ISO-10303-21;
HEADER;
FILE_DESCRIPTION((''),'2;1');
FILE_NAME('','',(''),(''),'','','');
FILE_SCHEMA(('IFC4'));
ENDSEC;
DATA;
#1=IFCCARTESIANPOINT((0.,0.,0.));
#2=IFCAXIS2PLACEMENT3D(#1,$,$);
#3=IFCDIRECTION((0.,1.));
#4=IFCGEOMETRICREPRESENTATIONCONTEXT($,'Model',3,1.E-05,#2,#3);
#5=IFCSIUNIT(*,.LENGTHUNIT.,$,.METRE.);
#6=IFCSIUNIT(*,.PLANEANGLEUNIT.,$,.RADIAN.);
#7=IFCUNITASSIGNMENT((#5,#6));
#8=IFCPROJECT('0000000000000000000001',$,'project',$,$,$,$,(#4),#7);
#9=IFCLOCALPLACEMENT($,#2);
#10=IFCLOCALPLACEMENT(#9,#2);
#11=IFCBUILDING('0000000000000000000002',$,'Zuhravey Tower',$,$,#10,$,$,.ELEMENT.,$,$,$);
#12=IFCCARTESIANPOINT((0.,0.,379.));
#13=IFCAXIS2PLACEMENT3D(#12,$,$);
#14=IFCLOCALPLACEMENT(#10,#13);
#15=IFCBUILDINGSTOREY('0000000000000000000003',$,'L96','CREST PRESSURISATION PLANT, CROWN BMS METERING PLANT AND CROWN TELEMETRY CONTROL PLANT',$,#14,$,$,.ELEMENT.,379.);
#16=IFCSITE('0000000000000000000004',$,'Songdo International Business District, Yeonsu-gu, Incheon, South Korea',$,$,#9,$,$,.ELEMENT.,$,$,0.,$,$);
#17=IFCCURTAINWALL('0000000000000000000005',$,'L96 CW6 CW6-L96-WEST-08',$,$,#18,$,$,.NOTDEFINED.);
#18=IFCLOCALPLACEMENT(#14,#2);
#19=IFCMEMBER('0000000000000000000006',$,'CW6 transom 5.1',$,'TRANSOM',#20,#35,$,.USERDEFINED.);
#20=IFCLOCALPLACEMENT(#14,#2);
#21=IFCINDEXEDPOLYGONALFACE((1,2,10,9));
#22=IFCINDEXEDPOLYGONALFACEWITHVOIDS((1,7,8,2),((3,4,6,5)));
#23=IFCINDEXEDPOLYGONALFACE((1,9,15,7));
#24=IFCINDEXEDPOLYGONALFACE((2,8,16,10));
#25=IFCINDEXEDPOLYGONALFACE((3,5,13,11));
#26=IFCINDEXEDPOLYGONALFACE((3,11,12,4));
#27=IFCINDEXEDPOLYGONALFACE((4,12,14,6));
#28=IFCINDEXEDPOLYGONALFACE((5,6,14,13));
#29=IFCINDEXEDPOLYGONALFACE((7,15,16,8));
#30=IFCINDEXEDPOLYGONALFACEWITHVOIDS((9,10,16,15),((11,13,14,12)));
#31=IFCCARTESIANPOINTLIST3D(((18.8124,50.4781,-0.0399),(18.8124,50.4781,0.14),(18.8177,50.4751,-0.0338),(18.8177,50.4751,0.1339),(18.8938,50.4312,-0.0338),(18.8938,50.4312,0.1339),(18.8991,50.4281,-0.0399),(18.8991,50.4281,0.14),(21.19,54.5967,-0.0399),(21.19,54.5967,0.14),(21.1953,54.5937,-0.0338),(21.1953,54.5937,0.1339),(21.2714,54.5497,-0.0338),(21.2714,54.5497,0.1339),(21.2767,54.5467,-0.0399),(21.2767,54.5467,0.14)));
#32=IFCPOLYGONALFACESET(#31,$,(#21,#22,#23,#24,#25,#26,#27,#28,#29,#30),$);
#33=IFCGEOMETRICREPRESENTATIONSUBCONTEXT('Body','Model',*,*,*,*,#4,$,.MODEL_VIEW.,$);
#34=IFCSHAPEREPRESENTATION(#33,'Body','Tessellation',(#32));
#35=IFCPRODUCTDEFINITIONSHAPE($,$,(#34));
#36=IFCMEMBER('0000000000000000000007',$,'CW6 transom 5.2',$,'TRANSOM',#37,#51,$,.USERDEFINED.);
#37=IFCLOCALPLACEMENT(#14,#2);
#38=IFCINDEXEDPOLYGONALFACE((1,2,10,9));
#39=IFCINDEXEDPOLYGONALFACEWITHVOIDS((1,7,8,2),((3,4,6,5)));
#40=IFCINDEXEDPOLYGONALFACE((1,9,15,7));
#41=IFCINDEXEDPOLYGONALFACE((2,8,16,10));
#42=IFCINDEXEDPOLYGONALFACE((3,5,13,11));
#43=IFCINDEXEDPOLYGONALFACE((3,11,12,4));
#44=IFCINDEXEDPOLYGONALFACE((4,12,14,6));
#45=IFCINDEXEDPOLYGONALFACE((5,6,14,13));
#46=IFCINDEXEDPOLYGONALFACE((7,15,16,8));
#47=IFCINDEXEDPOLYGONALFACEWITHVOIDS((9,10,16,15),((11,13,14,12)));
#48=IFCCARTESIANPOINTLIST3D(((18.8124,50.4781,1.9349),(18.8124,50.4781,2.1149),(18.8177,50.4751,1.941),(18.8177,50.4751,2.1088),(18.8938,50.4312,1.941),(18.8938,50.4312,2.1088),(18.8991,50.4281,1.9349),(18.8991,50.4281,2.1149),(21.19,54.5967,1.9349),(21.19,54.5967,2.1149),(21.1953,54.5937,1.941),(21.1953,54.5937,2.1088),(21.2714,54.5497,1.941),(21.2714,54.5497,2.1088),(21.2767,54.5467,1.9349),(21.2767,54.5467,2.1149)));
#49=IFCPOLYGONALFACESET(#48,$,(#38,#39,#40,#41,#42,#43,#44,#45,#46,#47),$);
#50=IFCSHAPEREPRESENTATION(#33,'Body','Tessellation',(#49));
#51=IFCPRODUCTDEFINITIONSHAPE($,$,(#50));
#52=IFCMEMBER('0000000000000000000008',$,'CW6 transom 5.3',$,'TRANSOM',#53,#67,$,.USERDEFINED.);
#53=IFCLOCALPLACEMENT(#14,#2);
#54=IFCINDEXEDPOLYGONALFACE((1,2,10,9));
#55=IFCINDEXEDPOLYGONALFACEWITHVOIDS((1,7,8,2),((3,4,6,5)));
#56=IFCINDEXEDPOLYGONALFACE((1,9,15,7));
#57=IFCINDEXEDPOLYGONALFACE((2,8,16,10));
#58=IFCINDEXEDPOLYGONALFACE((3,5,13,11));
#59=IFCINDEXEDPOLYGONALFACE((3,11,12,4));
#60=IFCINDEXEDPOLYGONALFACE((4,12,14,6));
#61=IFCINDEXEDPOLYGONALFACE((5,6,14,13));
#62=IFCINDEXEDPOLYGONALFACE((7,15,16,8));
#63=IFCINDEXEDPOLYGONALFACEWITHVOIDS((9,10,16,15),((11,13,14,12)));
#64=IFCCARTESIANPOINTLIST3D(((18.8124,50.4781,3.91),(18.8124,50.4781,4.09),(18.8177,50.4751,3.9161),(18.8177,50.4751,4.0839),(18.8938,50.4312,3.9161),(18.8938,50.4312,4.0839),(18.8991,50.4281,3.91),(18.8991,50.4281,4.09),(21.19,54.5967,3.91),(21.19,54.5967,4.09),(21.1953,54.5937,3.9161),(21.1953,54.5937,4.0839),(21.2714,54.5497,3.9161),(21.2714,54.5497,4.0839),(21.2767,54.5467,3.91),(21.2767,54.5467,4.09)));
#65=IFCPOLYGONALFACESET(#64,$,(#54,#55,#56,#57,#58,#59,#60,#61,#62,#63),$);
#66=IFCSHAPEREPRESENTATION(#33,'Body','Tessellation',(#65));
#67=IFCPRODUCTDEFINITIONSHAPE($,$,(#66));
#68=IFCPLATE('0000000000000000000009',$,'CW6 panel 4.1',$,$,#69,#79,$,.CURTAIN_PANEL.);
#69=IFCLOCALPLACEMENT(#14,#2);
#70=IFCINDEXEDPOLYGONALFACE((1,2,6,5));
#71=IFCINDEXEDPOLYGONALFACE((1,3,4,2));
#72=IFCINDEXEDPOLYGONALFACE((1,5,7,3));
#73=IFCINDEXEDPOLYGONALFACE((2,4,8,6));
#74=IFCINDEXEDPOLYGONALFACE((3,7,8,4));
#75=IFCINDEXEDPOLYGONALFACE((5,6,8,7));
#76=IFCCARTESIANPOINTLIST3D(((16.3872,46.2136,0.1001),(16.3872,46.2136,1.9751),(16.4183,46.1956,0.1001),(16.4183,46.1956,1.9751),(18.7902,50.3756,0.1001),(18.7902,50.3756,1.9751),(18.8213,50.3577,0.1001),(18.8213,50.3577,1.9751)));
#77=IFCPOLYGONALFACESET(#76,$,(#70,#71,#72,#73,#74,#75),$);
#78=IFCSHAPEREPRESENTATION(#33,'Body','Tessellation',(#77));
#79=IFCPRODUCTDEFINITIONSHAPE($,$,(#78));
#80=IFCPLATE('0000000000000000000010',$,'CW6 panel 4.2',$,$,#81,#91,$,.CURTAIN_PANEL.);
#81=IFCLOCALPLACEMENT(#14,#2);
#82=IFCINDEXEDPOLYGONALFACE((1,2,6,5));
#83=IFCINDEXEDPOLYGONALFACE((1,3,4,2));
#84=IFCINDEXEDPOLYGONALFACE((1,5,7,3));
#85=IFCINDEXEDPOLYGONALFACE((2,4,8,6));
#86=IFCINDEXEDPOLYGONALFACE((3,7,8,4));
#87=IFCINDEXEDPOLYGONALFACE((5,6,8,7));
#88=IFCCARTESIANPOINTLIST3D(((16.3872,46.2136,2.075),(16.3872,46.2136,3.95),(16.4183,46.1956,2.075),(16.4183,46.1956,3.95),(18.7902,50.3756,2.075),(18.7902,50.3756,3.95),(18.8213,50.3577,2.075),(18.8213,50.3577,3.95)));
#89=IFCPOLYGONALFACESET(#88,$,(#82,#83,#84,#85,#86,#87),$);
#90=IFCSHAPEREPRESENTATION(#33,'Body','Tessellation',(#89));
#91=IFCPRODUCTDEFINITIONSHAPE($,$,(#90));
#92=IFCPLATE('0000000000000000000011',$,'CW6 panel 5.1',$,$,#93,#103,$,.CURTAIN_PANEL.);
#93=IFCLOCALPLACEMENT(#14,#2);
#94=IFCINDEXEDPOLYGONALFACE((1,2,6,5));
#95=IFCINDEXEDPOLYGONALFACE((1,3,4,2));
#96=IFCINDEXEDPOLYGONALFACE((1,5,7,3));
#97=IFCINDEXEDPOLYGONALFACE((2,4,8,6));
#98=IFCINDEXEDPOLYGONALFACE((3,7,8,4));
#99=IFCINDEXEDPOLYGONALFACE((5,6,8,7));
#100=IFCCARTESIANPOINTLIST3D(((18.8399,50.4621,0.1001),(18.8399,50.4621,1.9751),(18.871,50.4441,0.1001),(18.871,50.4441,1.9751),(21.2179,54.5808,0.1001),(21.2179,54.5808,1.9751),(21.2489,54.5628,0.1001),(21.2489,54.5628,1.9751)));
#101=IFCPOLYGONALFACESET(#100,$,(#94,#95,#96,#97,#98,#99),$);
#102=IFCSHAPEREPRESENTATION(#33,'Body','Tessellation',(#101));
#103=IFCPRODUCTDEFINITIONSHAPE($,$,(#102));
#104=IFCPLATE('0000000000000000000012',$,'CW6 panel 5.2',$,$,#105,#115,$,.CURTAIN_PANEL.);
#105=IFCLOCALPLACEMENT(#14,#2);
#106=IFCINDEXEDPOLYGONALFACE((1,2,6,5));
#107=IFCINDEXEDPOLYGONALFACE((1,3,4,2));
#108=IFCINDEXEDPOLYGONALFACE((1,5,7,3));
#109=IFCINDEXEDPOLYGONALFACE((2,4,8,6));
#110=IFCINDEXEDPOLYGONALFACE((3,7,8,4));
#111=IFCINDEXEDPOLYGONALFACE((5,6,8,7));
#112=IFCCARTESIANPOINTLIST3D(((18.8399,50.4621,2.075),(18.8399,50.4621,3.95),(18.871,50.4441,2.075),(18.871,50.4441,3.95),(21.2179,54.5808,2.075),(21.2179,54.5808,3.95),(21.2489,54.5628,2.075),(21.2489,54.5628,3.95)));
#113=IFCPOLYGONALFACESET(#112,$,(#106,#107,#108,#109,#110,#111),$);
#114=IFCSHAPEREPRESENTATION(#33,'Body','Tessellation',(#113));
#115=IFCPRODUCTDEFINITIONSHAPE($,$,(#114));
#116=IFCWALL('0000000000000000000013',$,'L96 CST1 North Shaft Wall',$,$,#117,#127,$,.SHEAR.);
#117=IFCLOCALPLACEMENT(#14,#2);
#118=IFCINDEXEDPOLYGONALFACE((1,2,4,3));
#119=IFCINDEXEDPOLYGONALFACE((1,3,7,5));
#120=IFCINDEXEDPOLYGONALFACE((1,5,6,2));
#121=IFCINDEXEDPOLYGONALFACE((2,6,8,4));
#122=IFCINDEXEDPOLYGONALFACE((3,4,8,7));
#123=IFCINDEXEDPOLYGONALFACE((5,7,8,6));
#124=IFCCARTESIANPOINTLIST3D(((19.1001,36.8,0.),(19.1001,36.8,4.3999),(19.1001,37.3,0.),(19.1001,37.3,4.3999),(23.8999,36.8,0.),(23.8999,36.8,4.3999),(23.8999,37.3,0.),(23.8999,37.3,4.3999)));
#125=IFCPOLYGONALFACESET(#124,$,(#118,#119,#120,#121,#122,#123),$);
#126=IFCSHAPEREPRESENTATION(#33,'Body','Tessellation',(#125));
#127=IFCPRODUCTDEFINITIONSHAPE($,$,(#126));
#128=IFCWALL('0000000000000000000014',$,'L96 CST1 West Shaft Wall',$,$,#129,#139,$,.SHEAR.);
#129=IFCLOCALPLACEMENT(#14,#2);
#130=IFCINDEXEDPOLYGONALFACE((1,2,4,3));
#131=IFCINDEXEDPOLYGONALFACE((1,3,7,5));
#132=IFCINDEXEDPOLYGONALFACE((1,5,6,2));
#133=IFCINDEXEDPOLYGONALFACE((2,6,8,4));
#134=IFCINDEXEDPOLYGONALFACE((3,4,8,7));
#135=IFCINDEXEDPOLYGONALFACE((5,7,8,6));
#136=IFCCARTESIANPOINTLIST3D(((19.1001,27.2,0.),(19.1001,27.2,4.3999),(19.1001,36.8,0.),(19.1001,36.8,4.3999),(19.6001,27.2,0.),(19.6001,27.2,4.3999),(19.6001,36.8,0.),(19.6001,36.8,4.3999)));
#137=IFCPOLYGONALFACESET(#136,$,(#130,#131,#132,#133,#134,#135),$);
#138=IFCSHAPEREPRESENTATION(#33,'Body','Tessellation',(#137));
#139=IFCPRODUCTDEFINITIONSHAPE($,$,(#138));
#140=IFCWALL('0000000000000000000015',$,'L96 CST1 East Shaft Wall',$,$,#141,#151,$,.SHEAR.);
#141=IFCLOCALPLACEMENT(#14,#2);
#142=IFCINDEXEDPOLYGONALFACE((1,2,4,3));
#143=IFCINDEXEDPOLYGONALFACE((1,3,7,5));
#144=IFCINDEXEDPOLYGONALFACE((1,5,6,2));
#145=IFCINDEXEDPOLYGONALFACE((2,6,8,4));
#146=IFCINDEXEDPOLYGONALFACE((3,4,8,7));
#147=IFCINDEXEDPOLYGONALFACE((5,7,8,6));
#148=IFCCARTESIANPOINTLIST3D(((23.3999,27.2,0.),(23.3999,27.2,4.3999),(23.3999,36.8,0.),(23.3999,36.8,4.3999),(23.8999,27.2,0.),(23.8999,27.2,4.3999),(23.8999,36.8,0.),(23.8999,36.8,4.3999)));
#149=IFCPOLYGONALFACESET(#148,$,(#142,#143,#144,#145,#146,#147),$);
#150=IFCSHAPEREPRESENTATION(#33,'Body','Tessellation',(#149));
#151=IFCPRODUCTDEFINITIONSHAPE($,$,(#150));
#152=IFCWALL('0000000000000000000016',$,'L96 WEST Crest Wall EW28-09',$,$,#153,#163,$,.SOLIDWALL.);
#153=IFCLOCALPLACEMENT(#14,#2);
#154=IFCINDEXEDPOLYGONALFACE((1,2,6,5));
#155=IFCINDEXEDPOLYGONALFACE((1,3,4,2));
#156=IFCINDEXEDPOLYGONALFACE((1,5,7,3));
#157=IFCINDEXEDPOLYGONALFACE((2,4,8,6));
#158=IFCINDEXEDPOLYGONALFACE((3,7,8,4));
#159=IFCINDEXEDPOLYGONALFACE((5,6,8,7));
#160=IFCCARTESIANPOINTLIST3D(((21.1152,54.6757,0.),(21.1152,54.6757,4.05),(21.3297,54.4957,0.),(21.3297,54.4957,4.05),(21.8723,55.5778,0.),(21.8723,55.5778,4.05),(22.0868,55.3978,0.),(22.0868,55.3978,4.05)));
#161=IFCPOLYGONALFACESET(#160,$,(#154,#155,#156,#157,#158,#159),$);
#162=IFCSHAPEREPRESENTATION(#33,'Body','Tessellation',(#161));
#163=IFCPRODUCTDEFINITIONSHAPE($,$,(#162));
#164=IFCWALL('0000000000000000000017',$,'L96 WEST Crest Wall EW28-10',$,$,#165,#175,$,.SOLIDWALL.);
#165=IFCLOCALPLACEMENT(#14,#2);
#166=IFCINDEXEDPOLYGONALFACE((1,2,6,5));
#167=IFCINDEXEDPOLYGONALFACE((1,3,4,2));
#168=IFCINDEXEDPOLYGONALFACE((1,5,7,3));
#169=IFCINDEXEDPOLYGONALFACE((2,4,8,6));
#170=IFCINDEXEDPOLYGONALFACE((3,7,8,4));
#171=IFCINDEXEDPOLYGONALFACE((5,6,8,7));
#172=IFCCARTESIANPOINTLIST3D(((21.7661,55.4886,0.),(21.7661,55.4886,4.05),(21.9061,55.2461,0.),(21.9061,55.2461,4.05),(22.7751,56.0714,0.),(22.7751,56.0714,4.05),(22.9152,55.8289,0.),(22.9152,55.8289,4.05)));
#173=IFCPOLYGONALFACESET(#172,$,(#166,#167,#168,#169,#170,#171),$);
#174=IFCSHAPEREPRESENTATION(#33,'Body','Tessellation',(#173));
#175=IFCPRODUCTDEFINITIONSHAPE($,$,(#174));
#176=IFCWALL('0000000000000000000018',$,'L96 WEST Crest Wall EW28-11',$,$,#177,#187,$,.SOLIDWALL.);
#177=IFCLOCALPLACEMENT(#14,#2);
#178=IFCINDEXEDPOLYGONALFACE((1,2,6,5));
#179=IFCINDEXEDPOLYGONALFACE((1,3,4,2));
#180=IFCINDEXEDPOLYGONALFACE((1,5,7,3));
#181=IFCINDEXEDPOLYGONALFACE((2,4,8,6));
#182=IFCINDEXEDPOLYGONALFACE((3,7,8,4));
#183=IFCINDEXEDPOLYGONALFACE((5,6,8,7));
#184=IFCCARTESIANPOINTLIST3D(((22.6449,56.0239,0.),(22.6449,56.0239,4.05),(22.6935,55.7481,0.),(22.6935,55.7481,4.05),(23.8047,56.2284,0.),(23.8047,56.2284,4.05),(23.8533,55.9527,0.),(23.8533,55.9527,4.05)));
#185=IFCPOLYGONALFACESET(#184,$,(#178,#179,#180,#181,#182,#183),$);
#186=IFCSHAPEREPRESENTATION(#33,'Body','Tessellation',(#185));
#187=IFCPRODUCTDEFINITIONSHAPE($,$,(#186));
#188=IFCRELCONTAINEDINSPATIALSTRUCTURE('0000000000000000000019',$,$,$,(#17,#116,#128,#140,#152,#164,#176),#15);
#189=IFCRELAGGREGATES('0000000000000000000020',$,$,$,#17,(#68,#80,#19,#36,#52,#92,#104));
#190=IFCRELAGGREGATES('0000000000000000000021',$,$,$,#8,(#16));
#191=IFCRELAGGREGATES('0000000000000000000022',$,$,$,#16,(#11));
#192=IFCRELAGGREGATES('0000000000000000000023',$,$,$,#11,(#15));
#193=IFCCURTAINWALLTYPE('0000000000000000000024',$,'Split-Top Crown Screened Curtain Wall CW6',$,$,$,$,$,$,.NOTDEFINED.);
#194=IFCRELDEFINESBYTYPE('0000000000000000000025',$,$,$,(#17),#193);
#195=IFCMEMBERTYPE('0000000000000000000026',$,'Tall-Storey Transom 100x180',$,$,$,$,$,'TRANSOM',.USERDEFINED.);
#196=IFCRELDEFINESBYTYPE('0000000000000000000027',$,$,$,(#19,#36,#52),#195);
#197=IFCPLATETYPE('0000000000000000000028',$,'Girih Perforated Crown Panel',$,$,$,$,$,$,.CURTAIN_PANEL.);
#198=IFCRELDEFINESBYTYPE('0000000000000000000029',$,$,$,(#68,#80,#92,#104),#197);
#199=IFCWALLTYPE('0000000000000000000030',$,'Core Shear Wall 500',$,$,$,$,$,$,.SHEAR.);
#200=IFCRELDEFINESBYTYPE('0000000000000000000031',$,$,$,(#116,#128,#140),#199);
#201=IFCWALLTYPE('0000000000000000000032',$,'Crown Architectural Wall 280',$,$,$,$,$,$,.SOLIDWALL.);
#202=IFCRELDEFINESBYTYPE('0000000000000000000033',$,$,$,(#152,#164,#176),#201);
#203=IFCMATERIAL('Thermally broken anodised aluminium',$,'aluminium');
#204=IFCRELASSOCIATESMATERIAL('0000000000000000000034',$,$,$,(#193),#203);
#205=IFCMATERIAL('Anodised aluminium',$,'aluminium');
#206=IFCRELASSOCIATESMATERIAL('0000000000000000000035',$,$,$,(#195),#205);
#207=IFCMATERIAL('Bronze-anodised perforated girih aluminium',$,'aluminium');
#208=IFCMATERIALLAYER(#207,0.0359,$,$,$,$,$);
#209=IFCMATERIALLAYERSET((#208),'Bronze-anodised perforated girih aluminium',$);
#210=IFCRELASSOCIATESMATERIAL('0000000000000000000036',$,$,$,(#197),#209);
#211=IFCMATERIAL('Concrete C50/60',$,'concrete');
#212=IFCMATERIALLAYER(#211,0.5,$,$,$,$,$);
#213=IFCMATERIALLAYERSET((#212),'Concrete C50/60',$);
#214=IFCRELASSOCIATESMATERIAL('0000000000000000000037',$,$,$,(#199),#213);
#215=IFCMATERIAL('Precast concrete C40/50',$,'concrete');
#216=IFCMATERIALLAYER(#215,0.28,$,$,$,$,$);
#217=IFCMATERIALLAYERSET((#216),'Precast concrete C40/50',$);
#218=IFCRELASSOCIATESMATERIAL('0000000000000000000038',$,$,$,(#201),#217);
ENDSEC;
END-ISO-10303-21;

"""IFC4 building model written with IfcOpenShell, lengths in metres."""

from ifc_helpers import new_model, si_unit, direction, frame, frame_2d, origin, origin_2d, place, context, subcontext, project, spatial, rectangle, hollow_rectangle, extrude, material, layer, layer_set, material_profile, profile_set, type_object, element, aggregate, save


model = new_model("IFC4")

# Units and contexts
model_context = context("Model", 3, precision=1e-05, world=origin(), true_north=direction((0.0, 1.0)))
body_context = subcontext(model_context, "Body", "Model", "MODEL_VIEW")
ifc_project = project(units=[si_unit("LENGTHUNIT", "METRE"), si_unit("PLANEANGLEUNIT", "RADIAN")], contexts=[model_context])

# Site, building, storey
site_placement = place(None, origin())
site = spatial("IfcSite", under=ifc_project, at=site_placement, Name="Songdo International Business District, Yeonsu-gu, Incheon, South Korea", CompositionType="ELEMENT", RefElevation=0.0)
building_placement = place(site_placement, origin())
building = spatial("IfcBuilding", under=site, at=building_placement, Name="Zuhravey Tower", CompositionType="ELEMENT")
storey_placement = place(building_placement, frame((0.0, 0.0, 379.0)))
storey = spatial("IfcBuildingStorey", under=building, at=storey_placement, Name="L96", Description="CREST PRESSURISATION PLANT, CROWN BMS METERING PLANT AND CROWN TELEMETRY CONTROL PLANT", CompositionType="ELEMENT", Elevation=379.0)

# Curtain wall, members, plates
ifc_material_1 = material(Name="Thermally broken anodised aluminium", Category="aluminium")
curtain_wall_type = type_object("IfcCurtainWallType", Name="Split-Top Crown Screened Curtain Wall CW6", PredefinedType="NOTDEFINED", material=ifc_material_1)
curtain_wall_placement = place(storey_placement, origin())
curtain_wall = element("IfcCurtainWall", 1, at=curtain_wall_placement, inside=storey, type_object=curtain_wall_type, Name="L96 CW6 CW6-L96-WEST-08", PredefinedType="NOTDEFINED")
ifc_material_2 = material(Name="Anodised aluminium", Category="aluminium")
ifc_material_profile_1 = material_profile(ifc_material_2, hollow_rectangle(XDim=0.1001, YDim=0.1799, WallThickness=0.0061, at=origin_2d()), Name="ALU-RHS-100x180x6")
ifc_profile_set_1 = profile_set([ifc_material_profile_1], Name="Anodised aluminium")
member_type_1 = type_object("IfcMemberType", Name="Tall-Storey Transom 100x180", ElementType="TRANSOM", PredefinedType="USERDEFINED", material=ifc_profile_set_1)
member_1_placement = place(storey_placement, frame((18.8557, 50.4531, 0.05), z_axis=(0.499965, 0.866045, 0.0), x_axis=(-0.866045, 0.499965, 0.0)))
member_1 = element("IfcMember", 2, at=member_1_placement, type_object=member_type_1, Name="CW6 transom 5.1", ObjectType="TRANSOM", PredefinedType="USERDEFINED", context=body_context, shape_type="SweptSolid", body=[
    extrude(hollow_rectangle(XDim=0.1001, YDim=0.1799, WallThickness=0.0061, at=origin_2d()), origin(), (0.0, 0.0, 1.0), 4.7556),
])
member_2_placement = place(storey_placement, frame((18.8557, 50.4531, 2.0249), z_axis=(0.499965, 0.866045, 0.0), x_axis=(-0.866045, 0.499965, 0.0)))
member_2 = element("IfcMember", 3, at=member_2_placement, type_object=member_type_1, Name="CW6 transom 5.2", ObjectType="TRANSOM", PredefinedType="USERDEFINED", context=body_context, shape_type="SweptSolid", body=[
    extrude(hollow_rectangle(XDim=0.1001, YDim=0.1799, WallThickness=0.0061, at=origin_2d()), origin(), (0.0, 0.0, 1.0), 4.7556),
])
member_3_placement = place(storey_placement, frame((18.8557, 50.4531, 4.0), z_axis=(0.499965, 0.866045, 0.0), x_axis=(-0.866045, 0.499965, 0.0)))
member_3 = element("IfcMember", 4, at=member_3_placement, type_object=member_type_1, Name="CW6 transom 5.3", ObjectType="TRANSOM", PredefinedType="USERDEFINED", context=body_context, shape_type="SweptSolid", body=[
    extrude(hollow_rectangle(XDim=0.1001, YDim=0.1799, WallThickness=0.0061, at=origin_2d()), origin(), (0.0, 0.0, 1.0), 4.7556),
])
ifc_material_3 = material(Name="Bronze-anodised perforated girih aluminium", Category="aluminium")
ifc_layer_1 = layer(ifc_material_3, 0.0359)
ifc_layer_set_1 = layer_set([ifc_layer_1], Name="Bronze-anodised perforated girih aluminium")
plate_type = type_object("IfcPlateType", Name="Girih Perforated Crown Panel", PredefinedType="CURTAIN_PANEL", material=ifc_layer_set_1)
plate_1_placement = place(storey_placement, frame((17.6042, 48.2856, 0.1001), z_axis=(0.0, 0.0, 1.0), x_axis=(0.499997, 0.866027, 0.0)))
plate_1 = element("IfcPlate", 5, at=plate_1_placement, type_object=plate_type, Name="CW6 panel 4.1", PredefinedType="CURTAIN_PANEL", context=body_context, shape_type="SweptSolid", body=[
    extrude(rectangle(XDim=4.8059, YDim=0.0359, at=origin_2d()), origin(), (0.0, 0.0, 1.0), 1.875),
])
plate_2_placement = place(storey_placement, frame((17.6042, 48.2856, 2.075), z_axis=(0.0, 0.0, 1.0), x_axis=(0.499997, 0.866027, 0.0)))
plate_2 = element("IfcPlate", 6, at=plate_2_placement, type_object=plate_type, Name="CW6 panel 4.2", PredefinedType="CURTAIN_PANEL", context=body_context, shape_type="SweptSolid", body=[
    extrude(rectangle(XDim=4.8059, YDim=0.0359, at=origin_2d()), origin(), (0.0, 0.0, 1.0), 1.875),
])
plate_3_placement = place(storey_placement, frame((20.0444, 52.5125, 0.1001), z_axis=(0.0, 0.0, 1.0), x_axis=(0.499997, 0.866027, 0.0)))
plate_3 = element("IfcPlate", 7, at=plate_3_placement, type_object=plate_type, Name="CW6 panel 5.1", PredefinedType="CURTAIN_PANEL", context=body_context, shape_type="SweptSolid", body=[
    extrude(rectangle(XDim=4.7559, YDim=0.0359, at=origin_2d()), origin(), (0.0, 0.0, 1.0), 1.875),
])
plate_4_placement = place(storey_placement, frame((20.0444, 52.5125, 2.075), z_axis=(0.0, 0.0, 1.0), x_axis=(0.499997, 0.866027, 0.0)))
plate_4 = element("IfcPlate", 8, at=plate_4_placement, type_object=plate_type, Name="CW6 panel 5.2", PredefinedType="CURTAIN_PANEL", context=body_context, shape_type="SweptSolid", body=[
    extrude(rectangle(XDim=4.7559, YDim=0.0359, at=origin_2d()), origin(), (0.0, 0.0, 1.0), 1.875),
])
aggregate(curtain_wall, [plate_1, plate_2, member_1, member_2, member_3, plate_3, plate_4])

# Shared definitions
ifc_material_4 = material(Name="Concrete C50/60", Category="concrete")
ifc_layer_2 = layer(ifc_material_4, 0.5)
ifc_layer_set_2 = layer_set([ifc_layer_2], Name="Concrete C50/60")
wall_type_1 = type_object("IfcWallType", Name="Core Shear Wall 500", PredefinedType="SHEAR", material=ifc_layer_set_2)

# Walls
wall_1_placement = place(storey_placement, frame((23.8999, 37.05, 0.0), z_axis=(0.0, 0.0, 1.0), x_axis=(-1.0, 0.0, 0.0)))
element("IfcWall", 9, at=wall_1_placement, inside=storey, type_object=wall_type_1, Name="L96 CST1 North Shaft Wall", PredefinedType="SHEAR", context=body_context, shape_type="SweptSolid", body=[
    extrude(rectangle(XDim=4.7998, YDim=0.5, at=frame_2d((2.3999, 0.0))), origin(), (0.0, 0.0, 1.0), 4.3999),
])
for number, where, z_axis, x_axis, name in (
    (10, (19.3501, 27.2, 0.0), (0.0, 0.0, 1.0), (0.0, 1.0, 0.0), "L96 CST1 West Shaft Wall"),
    (11, (23.6499, 36.8, 0.0), (0.0, 0.0, 1.0), (0.0, -1.0, 0.0), "L96 CST1 East Shaft Wall"),
):
    element("IfcWall", number, at=place(storey_placement, frame(where, z_axis=z_axis, x_axis=x_axis)), inside=storey, type_object=wall_type_1, Name=name, PredefinedType="SHEAR", context=body_context, shape_type="SweptSolid", body=[
        extrude(rectangle(XDim=9.6001, YDim=0.5, at=frame_2d((4.8, 0.0))), origin(), (0.0, 0.0, 1.0), 4.3999),
    ])
ifc_material_5 = material(Name="Precast concrete C40/50", Category="concrete")
ifc_layer_3 = layer(ifc_material_5, 0.28)
ifc_layer_set_3 = layer_set([ifc_layer_3], Name="Precast concrete C40/50")
wall_type_2 = type_object("IfcWallType", Name="Crown Architectural Wall 280", PredefinedType="SOLIDWALL", material=ifc_layer_set_3)
wall_2_placement = place(storey_placement, frame((21.2224, 54.5857, 0.0), z_axis=(0.0, 0.0, 1.0), x_axis=(0.642852, 0.765991, 0.0)))
element("IfcWall", 12, at=wall_2_placement, inside=storey, type_object=wall_type_2, Name="L96 WEST Crest Wall EW28-09", PredefinedType="SOLIDWALL", context=body_context, shape_type="SweptSolid", body=[
    extrude(rectangle(XDim=1.1777, YDim=0.28, at=frame_2d((0.5889, 0.0))), origin(), (0.0, 0.0, 1.0), 4.05),
])
wall_3_placement = place(storey_placement, frame((21.8362, 55.3674, 0.0), z_axis=(0.0, 0.0, 1.0), x_axis=(0.865952, 0.500127, 0.0)))
element("IfcWall", 13, at=wall_3_placement, inside=storey, type_object=wall_type_2, Name="L96 WEST Crest Wall EW28-10", PredefinedType="SOLIDWALL", context=body_context, shape_type="SweptSolid", body=[
    extrude(rectangle(XDim=1.1653, YDim=0.28, at=frame_2d((0.5825, 0.0))), origin(), (0.0, 0.0, 1.0), 4.05),
])
wall_4_placement = place(storey_placement, frame((22.6692, 55.886, 0.0), z_axis=(0.0, 0.0, 1.0), x_axis=(0.984798, 0.173703, 0.0)))
element("IfcWall", 14, at=wall_4_placement, inside=storey, type_object=wall_type_2, Name="L96 WEST Crest Wall EW28-11", PredefinedType="SOLIDWALL", context=body_context, shape_type="SweptSolid", body=[
    extrude(rectangle(XDim=1.1777, YDim=0.28, at=frame_2d((0.5889, 0.0))), origin(), (0.0, 0.0, 1.0), 4.05),
])

save(model, "model.ifc")
